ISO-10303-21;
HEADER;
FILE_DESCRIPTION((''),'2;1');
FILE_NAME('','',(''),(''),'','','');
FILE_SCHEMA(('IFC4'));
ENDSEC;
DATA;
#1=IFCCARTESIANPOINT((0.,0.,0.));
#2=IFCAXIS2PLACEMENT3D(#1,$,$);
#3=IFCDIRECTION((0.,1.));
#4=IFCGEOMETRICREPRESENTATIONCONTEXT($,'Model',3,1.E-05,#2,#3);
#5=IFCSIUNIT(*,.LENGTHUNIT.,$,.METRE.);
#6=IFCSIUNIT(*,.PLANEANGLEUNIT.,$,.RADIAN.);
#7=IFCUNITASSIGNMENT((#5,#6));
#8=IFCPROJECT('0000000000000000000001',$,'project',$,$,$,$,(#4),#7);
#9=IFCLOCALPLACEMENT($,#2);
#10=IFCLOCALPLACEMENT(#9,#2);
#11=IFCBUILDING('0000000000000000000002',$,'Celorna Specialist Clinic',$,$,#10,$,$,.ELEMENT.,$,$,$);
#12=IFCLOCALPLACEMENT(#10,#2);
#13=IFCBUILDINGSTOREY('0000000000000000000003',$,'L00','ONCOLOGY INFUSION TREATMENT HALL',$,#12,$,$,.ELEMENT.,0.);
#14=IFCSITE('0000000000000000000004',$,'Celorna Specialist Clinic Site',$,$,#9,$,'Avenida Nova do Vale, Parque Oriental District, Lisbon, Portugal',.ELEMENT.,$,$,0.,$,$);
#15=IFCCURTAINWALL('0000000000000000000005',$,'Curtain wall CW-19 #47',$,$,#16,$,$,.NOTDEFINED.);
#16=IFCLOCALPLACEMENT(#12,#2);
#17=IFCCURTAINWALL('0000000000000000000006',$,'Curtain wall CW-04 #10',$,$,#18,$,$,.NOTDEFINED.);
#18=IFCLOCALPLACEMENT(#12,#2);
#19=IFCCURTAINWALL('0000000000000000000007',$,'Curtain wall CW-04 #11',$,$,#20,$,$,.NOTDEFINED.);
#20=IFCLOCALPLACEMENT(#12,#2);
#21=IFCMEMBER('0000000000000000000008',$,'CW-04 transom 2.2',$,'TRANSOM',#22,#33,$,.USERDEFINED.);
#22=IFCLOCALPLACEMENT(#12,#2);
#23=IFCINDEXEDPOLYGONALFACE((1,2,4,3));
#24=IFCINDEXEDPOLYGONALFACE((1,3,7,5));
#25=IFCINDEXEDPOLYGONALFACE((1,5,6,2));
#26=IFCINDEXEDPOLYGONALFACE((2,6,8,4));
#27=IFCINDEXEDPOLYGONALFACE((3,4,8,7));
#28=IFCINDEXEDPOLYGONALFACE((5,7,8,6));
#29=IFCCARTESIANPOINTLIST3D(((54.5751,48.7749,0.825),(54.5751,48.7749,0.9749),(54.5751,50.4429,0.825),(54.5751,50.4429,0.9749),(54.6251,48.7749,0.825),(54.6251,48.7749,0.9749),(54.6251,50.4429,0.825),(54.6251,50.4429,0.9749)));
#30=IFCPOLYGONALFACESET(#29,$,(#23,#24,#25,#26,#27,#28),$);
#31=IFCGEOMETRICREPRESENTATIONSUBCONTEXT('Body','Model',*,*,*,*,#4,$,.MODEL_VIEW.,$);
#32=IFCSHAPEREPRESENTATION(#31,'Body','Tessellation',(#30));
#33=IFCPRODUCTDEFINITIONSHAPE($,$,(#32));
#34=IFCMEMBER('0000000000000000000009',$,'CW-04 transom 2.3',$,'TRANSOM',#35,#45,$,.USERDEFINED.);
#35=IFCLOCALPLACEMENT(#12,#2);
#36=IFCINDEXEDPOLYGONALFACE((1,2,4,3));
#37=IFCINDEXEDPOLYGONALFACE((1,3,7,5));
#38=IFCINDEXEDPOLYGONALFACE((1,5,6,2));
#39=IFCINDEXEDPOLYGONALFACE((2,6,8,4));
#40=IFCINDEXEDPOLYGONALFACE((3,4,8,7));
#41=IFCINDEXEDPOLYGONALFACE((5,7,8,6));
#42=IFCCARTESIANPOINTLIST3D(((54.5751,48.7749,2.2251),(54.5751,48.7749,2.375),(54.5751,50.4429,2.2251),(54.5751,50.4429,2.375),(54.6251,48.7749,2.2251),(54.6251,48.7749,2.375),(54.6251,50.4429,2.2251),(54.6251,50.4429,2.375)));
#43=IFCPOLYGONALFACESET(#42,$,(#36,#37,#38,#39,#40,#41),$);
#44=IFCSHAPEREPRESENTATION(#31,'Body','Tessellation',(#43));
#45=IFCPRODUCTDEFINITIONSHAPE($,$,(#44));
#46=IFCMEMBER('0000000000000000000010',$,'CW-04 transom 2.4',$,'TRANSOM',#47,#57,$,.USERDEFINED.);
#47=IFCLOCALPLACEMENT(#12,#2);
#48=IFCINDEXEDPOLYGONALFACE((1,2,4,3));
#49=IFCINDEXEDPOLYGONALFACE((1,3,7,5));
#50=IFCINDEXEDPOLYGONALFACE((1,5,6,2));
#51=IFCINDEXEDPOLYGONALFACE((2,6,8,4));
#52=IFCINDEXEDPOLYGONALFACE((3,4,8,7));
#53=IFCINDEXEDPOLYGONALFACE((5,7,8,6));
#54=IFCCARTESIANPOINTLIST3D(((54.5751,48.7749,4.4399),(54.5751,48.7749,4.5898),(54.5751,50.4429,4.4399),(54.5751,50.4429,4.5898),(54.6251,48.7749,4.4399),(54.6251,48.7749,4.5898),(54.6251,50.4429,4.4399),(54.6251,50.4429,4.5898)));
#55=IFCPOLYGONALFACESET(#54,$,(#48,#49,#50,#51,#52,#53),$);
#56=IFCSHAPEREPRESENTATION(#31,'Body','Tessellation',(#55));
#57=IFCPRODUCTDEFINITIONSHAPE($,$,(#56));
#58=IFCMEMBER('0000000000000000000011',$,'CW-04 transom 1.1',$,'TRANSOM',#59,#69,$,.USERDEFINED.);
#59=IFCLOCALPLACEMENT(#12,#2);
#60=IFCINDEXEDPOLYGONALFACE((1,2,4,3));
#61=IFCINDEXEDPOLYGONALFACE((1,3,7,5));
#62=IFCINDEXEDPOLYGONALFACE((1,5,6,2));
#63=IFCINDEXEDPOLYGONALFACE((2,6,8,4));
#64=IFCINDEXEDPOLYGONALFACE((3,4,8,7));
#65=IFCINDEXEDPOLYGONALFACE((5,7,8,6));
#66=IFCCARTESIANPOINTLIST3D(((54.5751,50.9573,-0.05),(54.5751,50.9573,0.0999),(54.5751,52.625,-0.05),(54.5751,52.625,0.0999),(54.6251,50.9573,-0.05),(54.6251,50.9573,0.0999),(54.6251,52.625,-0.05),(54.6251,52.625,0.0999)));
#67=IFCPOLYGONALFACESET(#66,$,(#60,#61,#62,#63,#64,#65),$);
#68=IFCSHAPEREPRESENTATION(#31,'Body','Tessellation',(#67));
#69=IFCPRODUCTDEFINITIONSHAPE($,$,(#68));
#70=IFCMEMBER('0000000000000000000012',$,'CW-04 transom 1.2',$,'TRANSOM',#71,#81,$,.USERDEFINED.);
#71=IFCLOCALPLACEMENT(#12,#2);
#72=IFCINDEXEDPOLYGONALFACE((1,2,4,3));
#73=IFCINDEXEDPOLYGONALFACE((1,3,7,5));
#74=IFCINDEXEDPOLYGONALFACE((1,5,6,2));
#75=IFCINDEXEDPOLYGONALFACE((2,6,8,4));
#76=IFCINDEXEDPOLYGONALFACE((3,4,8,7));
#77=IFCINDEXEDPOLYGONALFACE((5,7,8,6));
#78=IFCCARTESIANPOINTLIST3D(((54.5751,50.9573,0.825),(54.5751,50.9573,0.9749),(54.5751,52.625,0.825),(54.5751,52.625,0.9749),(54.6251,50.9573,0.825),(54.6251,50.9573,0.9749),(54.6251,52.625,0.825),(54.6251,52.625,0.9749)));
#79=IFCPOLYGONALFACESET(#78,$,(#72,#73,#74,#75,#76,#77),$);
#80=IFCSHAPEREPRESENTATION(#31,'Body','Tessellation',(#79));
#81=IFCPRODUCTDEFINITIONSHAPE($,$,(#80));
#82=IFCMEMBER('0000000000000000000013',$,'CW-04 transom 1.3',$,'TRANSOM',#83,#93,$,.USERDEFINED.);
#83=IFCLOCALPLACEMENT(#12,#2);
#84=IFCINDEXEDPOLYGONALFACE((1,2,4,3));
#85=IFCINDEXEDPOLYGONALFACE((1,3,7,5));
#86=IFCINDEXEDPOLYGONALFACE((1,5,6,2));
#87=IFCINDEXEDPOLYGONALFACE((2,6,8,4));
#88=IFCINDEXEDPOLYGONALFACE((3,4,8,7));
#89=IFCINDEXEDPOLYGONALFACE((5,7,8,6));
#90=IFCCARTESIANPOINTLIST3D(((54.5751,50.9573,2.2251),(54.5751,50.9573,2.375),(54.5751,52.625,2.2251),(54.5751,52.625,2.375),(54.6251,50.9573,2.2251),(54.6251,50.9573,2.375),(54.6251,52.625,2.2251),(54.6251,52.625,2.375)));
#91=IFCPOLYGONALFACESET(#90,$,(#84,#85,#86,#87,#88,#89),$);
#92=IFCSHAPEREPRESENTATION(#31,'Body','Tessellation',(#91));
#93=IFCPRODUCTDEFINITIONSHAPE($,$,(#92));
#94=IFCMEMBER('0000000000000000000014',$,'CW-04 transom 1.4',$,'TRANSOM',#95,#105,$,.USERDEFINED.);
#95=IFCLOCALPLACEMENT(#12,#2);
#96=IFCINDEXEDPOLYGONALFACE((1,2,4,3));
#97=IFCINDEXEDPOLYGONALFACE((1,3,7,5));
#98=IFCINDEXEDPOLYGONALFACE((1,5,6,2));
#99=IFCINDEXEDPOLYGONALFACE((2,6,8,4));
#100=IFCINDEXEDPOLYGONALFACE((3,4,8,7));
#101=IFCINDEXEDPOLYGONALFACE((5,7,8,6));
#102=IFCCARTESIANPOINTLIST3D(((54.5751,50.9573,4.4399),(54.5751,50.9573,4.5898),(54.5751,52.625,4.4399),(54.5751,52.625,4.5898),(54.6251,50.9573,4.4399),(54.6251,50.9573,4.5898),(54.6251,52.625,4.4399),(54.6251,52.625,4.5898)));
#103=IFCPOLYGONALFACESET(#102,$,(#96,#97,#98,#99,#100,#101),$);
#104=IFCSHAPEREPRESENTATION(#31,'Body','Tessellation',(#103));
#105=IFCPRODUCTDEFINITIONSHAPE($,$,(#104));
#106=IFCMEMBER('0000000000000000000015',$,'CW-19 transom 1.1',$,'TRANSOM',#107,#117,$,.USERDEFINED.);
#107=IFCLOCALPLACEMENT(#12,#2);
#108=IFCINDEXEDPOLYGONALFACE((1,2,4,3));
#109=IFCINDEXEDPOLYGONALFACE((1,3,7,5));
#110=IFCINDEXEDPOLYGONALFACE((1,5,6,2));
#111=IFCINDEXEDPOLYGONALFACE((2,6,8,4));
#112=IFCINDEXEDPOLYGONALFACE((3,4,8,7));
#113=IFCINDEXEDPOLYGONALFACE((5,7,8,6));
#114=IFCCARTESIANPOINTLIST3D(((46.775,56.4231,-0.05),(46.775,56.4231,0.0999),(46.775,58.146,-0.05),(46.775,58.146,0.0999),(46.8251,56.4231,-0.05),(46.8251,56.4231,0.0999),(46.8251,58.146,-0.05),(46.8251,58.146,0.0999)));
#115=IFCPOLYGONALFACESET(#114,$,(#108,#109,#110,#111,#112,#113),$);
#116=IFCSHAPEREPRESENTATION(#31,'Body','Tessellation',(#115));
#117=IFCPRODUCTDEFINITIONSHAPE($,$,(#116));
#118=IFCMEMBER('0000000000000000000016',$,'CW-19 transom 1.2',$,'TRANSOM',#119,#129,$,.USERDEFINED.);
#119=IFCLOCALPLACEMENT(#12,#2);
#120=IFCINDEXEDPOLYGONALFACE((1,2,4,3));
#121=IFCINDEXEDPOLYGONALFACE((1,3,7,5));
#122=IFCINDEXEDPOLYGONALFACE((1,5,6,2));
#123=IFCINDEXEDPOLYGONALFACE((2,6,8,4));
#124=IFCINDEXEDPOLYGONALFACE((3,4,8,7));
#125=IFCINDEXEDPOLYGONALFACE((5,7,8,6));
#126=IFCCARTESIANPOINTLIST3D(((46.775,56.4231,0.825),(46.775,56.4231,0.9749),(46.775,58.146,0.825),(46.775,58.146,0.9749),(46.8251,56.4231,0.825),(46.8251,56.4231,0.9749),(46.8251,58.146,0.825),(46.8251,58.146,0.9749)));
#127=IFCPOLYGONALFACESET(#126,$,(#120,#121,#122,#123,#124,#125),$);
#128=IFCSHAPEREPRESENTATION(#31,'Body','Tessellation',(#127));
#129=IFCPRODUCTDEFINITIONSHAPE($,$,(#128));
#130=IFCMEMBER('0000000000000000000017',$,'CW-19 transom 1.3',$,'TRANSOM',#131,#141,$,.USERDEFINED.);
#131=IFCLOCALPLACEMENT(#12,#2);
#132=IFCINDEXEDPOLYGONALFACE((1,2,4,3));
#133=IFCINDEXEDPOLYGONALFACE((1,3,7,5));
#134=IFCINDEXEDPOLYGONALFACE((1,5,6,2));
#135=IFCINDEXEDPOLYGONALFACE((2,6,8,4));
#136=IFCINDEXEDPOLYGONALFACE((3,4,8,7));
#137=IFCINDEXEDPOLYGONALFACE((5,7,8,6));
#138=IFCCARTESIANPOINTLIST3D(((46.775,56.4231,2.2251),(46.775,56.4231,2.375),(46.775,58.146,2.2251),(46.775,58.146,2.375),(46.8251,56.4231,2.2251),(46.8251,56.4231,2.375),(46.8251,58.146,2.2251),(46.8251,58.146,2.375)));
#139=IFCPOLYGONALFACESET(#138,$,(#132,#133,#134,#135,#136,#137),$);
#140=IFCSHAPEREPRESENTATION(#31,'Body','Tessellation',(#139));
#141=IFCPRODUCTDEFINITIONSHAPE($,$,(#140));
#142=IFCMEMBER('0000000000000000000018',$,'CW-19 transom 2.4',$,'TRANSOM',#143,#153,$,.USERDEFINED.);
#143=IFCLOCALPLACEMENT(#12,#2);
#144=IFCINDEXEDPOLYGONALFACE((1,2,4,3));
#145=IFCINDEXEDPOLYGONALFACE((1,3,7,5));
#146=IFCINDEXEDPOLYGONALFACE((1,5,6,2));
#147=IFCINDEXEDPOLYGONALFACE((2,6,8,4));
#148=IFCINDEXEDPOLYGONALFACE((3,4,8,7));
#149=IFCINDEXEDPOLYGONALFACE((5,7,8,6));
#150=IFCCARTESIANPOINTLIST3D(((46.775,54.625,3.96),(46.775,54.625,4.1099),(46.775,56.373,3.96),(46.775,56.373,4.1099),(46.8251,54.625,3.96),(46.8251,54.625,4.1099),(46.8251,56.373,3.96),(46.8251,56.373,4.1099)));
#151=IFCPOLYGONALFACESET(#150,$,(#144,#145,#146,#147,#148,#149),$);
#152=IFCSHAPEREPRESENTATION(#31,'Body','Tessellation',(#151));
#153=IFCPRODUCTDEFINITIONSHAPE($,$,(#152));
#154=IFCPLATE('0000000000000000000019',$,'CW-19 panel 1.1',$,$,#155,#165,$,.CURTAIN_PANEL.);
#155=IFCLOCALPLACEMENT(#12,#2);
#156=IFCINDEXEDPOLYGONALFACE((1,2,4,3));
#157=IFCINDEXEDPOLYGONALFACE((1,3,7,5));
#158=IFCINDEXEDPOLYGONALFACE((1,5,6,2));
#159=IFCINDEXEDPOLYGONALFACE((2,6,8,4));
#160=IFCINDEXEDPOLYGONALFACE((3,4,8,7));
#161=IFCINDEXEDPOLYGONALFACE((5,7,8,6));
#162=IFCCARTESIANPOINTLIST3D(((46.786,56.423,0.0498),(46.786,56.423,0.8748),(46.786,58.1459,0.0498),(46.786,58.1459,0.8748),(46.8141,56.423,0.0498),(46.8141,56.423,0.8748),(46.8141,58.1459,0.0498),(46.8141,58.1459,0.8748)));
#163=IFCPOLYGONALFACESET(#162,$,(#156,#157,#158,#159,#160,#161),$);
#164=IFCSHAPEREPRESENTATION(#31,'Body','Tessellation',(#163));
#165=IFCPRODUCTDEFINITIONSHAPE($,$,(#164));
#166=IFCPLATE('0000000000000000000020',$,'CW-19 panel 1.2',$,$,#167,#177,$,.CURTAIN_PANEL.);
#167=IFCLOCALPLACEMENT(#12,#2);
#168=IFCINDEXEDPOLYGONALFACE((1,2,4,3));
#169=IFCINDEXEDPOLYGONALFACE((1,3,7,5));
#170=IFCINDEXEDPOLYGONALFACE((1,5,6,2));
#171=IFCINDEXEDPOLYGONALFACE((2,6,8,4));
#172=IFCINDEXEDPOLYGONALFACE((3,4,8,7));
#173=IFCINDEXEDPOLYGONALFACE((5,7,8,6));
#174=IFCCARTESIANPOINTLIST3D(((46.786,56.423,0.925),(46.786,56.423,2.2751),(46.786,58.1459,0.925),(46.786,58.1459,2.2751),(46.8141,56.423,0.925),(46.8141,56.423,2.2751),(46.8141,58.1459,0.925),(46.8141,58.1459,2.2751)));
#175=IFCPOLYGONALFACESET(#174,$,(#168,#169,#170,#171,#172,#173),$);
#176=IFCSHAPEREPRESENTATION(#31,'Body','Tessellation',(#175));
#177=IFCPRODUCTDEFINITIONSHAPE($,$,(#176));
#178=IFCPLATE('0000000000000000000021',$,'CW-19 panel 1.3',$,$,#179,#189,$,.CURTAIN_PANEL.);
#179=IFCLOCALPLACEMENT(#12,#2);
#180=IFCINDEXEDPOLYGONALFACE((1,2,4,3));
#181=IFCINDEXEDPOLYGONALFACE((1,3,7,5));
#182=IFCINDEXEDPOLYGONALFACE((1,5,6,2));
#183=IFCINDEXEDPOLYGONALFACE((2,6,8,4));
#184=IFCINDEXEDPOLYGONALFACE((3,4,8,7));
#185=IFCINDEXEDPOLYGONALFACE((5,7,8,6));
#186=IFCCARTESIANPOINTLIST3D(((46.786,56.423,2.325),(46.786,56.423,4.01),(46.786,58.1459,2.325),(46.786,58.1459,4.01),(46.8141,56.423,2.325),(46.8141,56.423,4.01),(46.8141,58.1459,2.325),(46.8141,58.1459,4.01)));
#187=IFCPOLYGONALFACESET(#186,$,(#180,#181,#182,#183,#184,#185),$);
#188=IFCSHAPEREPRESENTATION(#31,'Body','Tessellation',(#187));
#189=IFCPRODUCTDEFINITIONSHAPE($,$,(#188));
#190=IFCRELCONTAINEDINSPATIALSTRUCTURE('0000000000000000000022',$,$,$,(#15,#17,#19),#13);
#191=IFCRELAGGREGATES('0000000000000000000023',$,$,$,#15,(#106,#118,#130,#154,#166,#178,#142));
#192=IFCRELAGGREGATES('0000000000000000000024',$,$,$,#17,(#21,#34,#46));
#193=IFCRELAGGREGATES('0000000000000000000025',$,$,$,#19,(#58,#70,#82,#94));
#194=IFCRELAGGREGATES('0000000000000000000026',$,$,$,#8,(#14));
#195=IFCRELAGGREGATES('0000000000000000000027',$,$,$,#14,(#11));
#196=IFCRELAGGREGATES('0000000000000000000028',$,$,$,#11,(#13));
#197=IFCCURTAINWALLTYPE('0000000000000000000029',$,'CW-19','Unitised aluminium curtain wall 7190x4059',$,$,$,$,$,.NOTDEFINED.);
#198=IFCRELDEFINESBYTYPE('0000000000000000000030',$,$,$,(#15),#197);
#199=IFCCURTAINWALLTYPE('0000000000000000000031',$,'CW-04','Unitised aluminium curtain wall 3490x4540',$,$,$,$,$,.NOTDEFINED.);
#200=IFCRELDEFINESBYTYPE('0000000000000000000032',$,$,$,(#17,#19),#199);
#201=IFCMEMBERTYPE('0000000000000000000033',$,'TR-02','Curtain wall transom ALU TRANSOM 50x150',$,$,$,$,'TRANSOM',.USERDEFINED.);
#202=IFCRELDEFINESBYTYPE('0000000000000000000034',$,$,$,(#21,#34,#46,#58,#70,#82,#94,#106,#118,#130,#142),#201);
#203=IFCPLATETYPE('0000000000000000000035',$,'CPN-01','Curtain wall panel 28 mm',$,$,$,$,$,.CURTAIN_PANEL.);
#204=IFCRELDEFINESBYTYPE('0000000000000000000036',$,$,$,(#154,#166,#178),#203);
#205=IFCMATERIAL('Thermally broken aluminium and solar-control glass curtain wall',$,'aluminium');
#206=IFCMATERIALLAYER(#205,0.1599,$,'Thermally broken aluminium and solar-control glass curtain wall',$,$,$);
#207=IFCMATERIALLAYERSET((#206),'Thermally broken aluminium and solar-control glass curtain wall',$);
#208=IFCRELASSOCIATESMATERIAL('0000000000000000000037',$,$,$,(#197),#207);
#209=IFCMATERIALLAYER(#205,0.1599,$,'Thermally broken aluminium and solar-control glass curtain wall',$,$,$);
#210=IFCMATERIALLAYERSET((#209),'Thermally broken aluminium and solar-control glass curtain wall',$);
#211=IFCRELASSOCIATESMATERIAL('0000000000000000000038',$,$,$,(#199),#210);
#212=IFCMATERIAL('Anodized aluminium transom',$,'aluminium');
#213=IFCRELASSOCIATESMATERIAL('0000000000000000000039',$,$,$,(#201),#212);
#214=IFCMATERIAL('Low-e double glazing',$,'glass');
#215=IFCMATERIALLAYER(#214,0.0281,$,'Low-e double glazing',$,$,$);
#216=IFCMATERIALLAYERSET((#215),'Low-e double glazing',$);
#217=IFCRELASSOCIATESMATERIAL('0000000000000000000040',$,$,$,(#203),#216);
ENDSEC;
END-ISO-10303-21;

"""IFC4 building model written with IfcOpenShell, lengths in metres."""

from ifc_helpers import new_model, si_unit, direction, frame, origin, origin_2d, place, context, subcontext, project, spatial, rectangle, extrude, material, layer, layer_set, material_profile, profile_set, type_object, element, aggregate, save


model = new_model("IFC4")

# Units and contexts
model_context = context("Model", 3, precision=1e-05, world=origin(), true_north=direction((0.0, 1.0)))
body_context = subcontext(model_context, "Body", "Model", "MODEL_VIEW")
ifc_project = project(units=[si_unit("LENGTHUNIT", "METRE"), si_unit("PLANEANGLEUNIT", "RADIAN")], contexts=[model_context])

# Site, building, storey
site_placement = place(None, origin())
site = spatial("IfcSite", under=ifc_project, at=site_placement, Name="Celorna Specialist Clinic Site", LongName="Avenida Nova do Vale, Parque Oriental District, Lisbon, Portugal", CompositionType="ELEMENT", RefElevation=0.0)
building_placement = place(site_placement, origin())
building = spatial("IfcBuilding", under=site, at=building_placement, Name="Celorna Specialist Clinic", CompositionType="ELEMENT")
storey_placement = place(building_placement, origin())
storey = spatial("IfcBuildingStorey", under=building, at=storey_placement, Name="L00", Description="ONCOLOGY INFUSION TREATMENT HALL", CompositionType="ELEMENT", Elevation=0.0)

# Curtain wall
ifc_material_1 = material(Name="Thermally broken aluminium and solar-control glass curtain wall", Category="aluminium")
ifc_layer_1 = layer(ifc_material_1, 0.1599, Name="Thermally broken aluminium and solar-control glass curtain wall")
ifc_layer_set_1 = layer_set([ifc_layer_1], Name="Thermally broken aluminium and solar-control glass curtain wall")
curtain_wall_type_1 = type_object("IfcCurtainWallType", Name="CW-19", Description="Unitised aluminium curtain wall 7190x4059", PredefinedType="NOTDEFINED", material=ifc_layer_set_1)
curtain_wall_1_placement = place(storey_placement, origin())
curtain_wall_1 = element("IfcCurtainWall", 1, at=curtain_wall_1_placement, inside=storey, type_object=curtain_wall_type_1, Name="Curtain wall CW-19 #47", PredefinedType="NOTDEFINED")

# Curtain wall
ifc_layer_2 = layer(ifc_material_1, 0.1599, Name="Thermally broken aluminium and solar-control glass curtain wall")
ifc_layer_set_2 = layer_set([ifc_layer_2], Name="Thermally broken aluminium and solar-control glass curtain wall")
curtain_wall_type_2 = type_object("IfcCurtainWallType", Name="CW-04", Description="Unitised aluminium curtain wall 3490x4540", PredefinedType="NOTDEFINED", material=ifc_layer_set_2)
curtain_wall_2_placement = place(storey_placement, origin())
curtain_wall_2 = element("IfcCurtainWall", 2, at=curtain_wall_2_placement, inside=storey, type_object=curtain_wall_type_2, Name="Curtain wall CW-04 #10", PredefinedType="NOTDEFINED")

# Curtain wall
curtain_wall_3_placement = place(storey_placement, origin())
curtain_wall_3 = element("IfcCurtainWall", 3, at=curtain_wall_3_placement, inside=storey, type_object=curtain_wall_type_2, Name="Curtain wall CW-04 #11", PredefinedType="NOTDEFINED")

# Members
ifc_material_2 = material(Name="Anodized aluminium transom", Category="aluminium")
ifc_material_profile_1 = material_profile(ifc_material_2, rectangle(XDim=0.05, YDim=0.1499, at=origin_2d()), Name="ALU TRANSOM 50x150")
ifc_profile_set_1 = profile_set([ifc_material_profile_1], Name="Anodized aluminium transom")
member_type_1 = type_object("IfcMemberType", Name="TR-02", Description="Curtain wall transom ALU TRANSOM 50x150", ElementType="TRANSOM", PredefinedType="USERDEFINED", material=ifc_profile_set_1)
member_1_placement = place(storey_placement, frame((54.6001, 48.7749, 0.8999), z_axis=(0.0, 1.0, 0.0), x_axis=(-1.0, 0.0, 0.0)))
member_1 = element("IfcMember", 4, at=member_1_placement, type_object=member_type_1, Name="CW-04 transom 2.2", ObjectType="TRANSOM", PredefinedType="USERDEFINED", context=body_context, shape_type="SweptSolid", body=[
    extrude(rectangle(XDim=0.05, YDim=0.1499, at=origin_2d()), origin(), (0.0, 0.0, 1.0), 1.668),
])
member_2_placement = place(storey_placement, frame((54.6001, 48.7749, 2.3), z_axis=(0.0, 1.0, 0.0), x_axis=(-1.0, 0.0, 0.0)))
member_2 = element("IfcMember", 5, at=member_2_placement, type_object=member_type_1, Name="CW-04 transom 2.3", ObjectType="TRANSOM", PredefinedType="USERDEFINED", context=body_context, shape_type="SweptSolid", body=[
    extrude(rectangle(XDim=0.05, YDim=0.1499, at=origin_2d()), origin(), (0.0, 0.0, 1.0), 1.668),
])
member_3_placement = place(storey_placement, frame((54.6001, 48.7749, 4.5149), z_axis=(0.0, 1.0, 0.0), x_axis=(-1.0, 0.0, 0.0)))
member_3 = element("IfcMember", 6, at=member_3_placement, type_object=member_type_1, Name="CW-04 transom 2.4", ObjectType="TRANSOM", PredefinedType="USERDEFINED", context=body_context, shape_type="SweptSolid", body=[
    extrude(rectangle(XDim=0.05, YDim=0.1499, at=origin_2d()), origin(), (0.0, 0.0, 1.0), 1.668),
])
member_4_placement = place(storey_placement, frame((54.6001, 50.9573, 0.0249), z_axis=(0.0, 1.0, 0.0), x_axis=(-1.0, 0.0, 0.0)))
member_4 = element("IfcMember", 7, at=member_4_placement, type_object=member_type_1, Name="CW-04 transom 1.1", ObjectType="TRANSOM", PredefinedType="USERDEFINED", context=body_context, shape_type="SweptSolid", body=[
    extrude(rectangle(XDim=0.05, YDim=0.1499, at=origin_2d()), origin(), (0.0, 0.0, 1.0), 1.6677),
])
member_5_placement = place(storey_placement, frame((54.6001, 50.9573, 0.8999), z_axis=(0.0, 1.0, 0.0), x_axis=(-1.0, 0.0, 0.0)))
member_5 = element("IfcMember", 8, at=member_5_placement, type_object=member_type_1, Name="CW-04 transom 1.2", ObjectType="TRANSOM", PredefinedType="USERDEFINED", context=body_context, shape_type="SweptSolid", body=[
    extrude(rectangle(XDim=0.05, YDim=0.1499, at=origin_2d()), origin(), (0.0, 0.0, 1.0), 1.6677),
])
member_6_placement = place(storey_placement, frame((54.6001, 50.9573, 2.3), z_axis=(0.0, 1.0, 0.0), x_axis=(-1.0, 0.0, 0.0)))
member_6 = element("IfcMember", 9, at=member_6_placement, type_object=member_type_1, Name="CW-04 transom 1.3", ObjectType="TRANSOM", PredefinedType="USERDEFINED", context=body_context, shape_type="SweptSolid", body=[
    extrude(rectangle(XDim=0.05, YDim=0.1499, at=origin_2d()), origin(), (0.0, 0.0, 1.0), 1.6677),
])
member_7_placement = place(storey_placement, frame((54.6001, 50.9573, 4.5149), z_axis=(0.0, 1.0, 0.0), x_axis=(-1.0, 0.0, 0.0)))
member_7 = element("IfcMember", 10, at=member_7_placement, type_object=member_type_1, Name="CW-04 transom 1.4", ObjectType="TRANSOM", PredefinedType="USERDEFINED", context=body_context, shape_type="SweptSolid", body=[
    extrude(rectangle(XDim=0.05, YDim=0.1499, at=origin_2d()), origin(), (0.0, 0.0, 1.0), 1.6677),
])
member_8_placement = place(storey_placement, frame((46.8, 58.146, 0.0249), z_axis=(0.0, -1.0, 0.0), x_axis=(1.0, 0.0, 0.0)))
member_8 = element("IfcMember", 11, at=member_8_placement, type_object=member_type_1, Name="CW-19 transom 1.1", ObjectType="TRANSOM", PredefinedType="USERDEFINED", context=body_context, shape_type="SweptSolid", body=[
    extrude(rectangle(XDim=0.05, YDim=0.1499, at=origin_2d()), origin(), (0.0, 0.0, 1.0), 1.7229),
])
member_9_placement = place(storey_placement, frame((46.8, 58.146, 0.8999), z_axis=(0.0, -1.0, 0.0), x_axis=(1.0, 0.0, 0.0)))
member_9 = element("IfcMember", 12, at=member_9_placement, type_object=member_type_1, Name="CW-19 transom 1.2", ObjectType="TRANSOM", PredefinedType="USERDEFINED", context=body_context, shape_type="SweptSolid", body=[
    extrude(rectangle(XDim=0.05, YDim=0.1499, at=origin_2d()), origin(), (0.0, 0.0, 1.0), 1.7229),
])
member_10_placement = place(storey_placement, frame((46.8, 58.146, 2.3), z_axis=(0.0, -1.0, 0.0), x_axis=(1.0, 0.0, 0.0)))
member_10 = element("IfcMember", 13, at=member_10_placement, type_object=member_type_1, Name="CW-19 transom 1.3", ObjectType="TRANSOM", PredefinedType="USERDEFINED", context=body_context, shape_type="SweptSolid", body=[
    extrude(rectangle(XDim=0.05, YDim=0.1499, at=origin_2d()), origin(), (0.0, 0.0, 1.0), 1.7229),
])
member_11_placement = place(storey_placement, frame((46.8, 56.373, 4.0349), z_axis=(0.0, -1.0, 0.0), x_axis=(1.0, 0.0, 0.0)))
member_11 = element("IfcMember", 14, at=member_11_placement, type_object=member_type_1, Name="CW-19 transom 2.4", ObjectType="TRANSOM", PredefinedType="USERDEFINED", context=body_context, shape_type="SweptSolid", body=[
    extrude(rectangle(XDim=0.05, YDim=0.1499, at=origin_2d()), origin(), (0.0, 0.0, 1.0), 1.748),
])

# Plates
ifc_material_3 = material(Name="Low-e double glazing", Category="glass")
ifc_layer_3 = layer(ifc_material_3, 0.0281, Name="Low-e double glazing")
ifc_layer_set_3 = layer_set([ifc_layer_3], Name="Low-e double glazing")
plate_type_1 = type_object("IfcPlateType", Name="CPN-01", Description="Curtain wall panel 28 mm", PredefinedType="CURTAIN_PANEL", material=ifc_layer_set_3)
plate_1_placement = place(storey_placement, frame((46.8, 57.2844, 0.0498), z_axis=(0.0, 0.0, 1.0), x_axis=(0.0, -1.0, 0.0)))
plate_1 = element("IfcPlate", 15, at=plate_1_placement, type_object=plate_type_1, Name="CW-19 panel 1.1", PredefinedType="CURTAIN_PANEL", context=body_context, shape_type="SweptSolid", body=[
    extrude(rectangle(XDim=1.7229, YDim=0.0281, at=origin_2d()), origin(), (0.0, 0.0, 1.0), 0.825),
])
plate_2_placement = place(storey_placement, frame((46.8, 57.2844, 0.925), z_axis=(0.0, 0.0, 1.0), x_axis=(0.0, -1.0, 0.0)))
plate_2 = element("IfcPlate", 16, at=plate_2_placement, type_object=plate_type_1, Name="CW-19 panel 1.2", PredefinedType="CURTAIN_PANEL", context=body_context, shape_type="SweptSolid", body=[
    extrude(rectangle(XDim=1.7229, YDim=0.0281, at=origin_2d()), origin(), (0.0, 0.0, 1.0), 1.3501),
])
plate_3_placement = place(storey_placement, frame((46.8, 57.2844, 2.325), z_axis=(0.0, 0.0, 1.0), x_axis=(0.0, -1.0, 0.0)))
plate_3 = element("IfcPlate", 17, at=plate_3_placement, type_object=plate_type_1, Name="CW-19 panel 1.3", PredefinedType="CURTAIN_PANEL", context=body_context, shape_type="SweptSolid", body=[
    extrude(rectangle(XDim=1.7229, YDim=0.0281, at=origin_2d()), origin(), (0.0, 0.0, 1.0), 1.6851),
])
aggregate(curtain_wall_1, [member_8, member_9, member_10, plate_1, plate_2, plate_3, member_11])
aggregate(curtain_wall_2, [member_1, member_2, member_3])
aggregate(curtain_wall_3, [member_4, member_5, member_6, member_7])

save(model, "model.ifc")
